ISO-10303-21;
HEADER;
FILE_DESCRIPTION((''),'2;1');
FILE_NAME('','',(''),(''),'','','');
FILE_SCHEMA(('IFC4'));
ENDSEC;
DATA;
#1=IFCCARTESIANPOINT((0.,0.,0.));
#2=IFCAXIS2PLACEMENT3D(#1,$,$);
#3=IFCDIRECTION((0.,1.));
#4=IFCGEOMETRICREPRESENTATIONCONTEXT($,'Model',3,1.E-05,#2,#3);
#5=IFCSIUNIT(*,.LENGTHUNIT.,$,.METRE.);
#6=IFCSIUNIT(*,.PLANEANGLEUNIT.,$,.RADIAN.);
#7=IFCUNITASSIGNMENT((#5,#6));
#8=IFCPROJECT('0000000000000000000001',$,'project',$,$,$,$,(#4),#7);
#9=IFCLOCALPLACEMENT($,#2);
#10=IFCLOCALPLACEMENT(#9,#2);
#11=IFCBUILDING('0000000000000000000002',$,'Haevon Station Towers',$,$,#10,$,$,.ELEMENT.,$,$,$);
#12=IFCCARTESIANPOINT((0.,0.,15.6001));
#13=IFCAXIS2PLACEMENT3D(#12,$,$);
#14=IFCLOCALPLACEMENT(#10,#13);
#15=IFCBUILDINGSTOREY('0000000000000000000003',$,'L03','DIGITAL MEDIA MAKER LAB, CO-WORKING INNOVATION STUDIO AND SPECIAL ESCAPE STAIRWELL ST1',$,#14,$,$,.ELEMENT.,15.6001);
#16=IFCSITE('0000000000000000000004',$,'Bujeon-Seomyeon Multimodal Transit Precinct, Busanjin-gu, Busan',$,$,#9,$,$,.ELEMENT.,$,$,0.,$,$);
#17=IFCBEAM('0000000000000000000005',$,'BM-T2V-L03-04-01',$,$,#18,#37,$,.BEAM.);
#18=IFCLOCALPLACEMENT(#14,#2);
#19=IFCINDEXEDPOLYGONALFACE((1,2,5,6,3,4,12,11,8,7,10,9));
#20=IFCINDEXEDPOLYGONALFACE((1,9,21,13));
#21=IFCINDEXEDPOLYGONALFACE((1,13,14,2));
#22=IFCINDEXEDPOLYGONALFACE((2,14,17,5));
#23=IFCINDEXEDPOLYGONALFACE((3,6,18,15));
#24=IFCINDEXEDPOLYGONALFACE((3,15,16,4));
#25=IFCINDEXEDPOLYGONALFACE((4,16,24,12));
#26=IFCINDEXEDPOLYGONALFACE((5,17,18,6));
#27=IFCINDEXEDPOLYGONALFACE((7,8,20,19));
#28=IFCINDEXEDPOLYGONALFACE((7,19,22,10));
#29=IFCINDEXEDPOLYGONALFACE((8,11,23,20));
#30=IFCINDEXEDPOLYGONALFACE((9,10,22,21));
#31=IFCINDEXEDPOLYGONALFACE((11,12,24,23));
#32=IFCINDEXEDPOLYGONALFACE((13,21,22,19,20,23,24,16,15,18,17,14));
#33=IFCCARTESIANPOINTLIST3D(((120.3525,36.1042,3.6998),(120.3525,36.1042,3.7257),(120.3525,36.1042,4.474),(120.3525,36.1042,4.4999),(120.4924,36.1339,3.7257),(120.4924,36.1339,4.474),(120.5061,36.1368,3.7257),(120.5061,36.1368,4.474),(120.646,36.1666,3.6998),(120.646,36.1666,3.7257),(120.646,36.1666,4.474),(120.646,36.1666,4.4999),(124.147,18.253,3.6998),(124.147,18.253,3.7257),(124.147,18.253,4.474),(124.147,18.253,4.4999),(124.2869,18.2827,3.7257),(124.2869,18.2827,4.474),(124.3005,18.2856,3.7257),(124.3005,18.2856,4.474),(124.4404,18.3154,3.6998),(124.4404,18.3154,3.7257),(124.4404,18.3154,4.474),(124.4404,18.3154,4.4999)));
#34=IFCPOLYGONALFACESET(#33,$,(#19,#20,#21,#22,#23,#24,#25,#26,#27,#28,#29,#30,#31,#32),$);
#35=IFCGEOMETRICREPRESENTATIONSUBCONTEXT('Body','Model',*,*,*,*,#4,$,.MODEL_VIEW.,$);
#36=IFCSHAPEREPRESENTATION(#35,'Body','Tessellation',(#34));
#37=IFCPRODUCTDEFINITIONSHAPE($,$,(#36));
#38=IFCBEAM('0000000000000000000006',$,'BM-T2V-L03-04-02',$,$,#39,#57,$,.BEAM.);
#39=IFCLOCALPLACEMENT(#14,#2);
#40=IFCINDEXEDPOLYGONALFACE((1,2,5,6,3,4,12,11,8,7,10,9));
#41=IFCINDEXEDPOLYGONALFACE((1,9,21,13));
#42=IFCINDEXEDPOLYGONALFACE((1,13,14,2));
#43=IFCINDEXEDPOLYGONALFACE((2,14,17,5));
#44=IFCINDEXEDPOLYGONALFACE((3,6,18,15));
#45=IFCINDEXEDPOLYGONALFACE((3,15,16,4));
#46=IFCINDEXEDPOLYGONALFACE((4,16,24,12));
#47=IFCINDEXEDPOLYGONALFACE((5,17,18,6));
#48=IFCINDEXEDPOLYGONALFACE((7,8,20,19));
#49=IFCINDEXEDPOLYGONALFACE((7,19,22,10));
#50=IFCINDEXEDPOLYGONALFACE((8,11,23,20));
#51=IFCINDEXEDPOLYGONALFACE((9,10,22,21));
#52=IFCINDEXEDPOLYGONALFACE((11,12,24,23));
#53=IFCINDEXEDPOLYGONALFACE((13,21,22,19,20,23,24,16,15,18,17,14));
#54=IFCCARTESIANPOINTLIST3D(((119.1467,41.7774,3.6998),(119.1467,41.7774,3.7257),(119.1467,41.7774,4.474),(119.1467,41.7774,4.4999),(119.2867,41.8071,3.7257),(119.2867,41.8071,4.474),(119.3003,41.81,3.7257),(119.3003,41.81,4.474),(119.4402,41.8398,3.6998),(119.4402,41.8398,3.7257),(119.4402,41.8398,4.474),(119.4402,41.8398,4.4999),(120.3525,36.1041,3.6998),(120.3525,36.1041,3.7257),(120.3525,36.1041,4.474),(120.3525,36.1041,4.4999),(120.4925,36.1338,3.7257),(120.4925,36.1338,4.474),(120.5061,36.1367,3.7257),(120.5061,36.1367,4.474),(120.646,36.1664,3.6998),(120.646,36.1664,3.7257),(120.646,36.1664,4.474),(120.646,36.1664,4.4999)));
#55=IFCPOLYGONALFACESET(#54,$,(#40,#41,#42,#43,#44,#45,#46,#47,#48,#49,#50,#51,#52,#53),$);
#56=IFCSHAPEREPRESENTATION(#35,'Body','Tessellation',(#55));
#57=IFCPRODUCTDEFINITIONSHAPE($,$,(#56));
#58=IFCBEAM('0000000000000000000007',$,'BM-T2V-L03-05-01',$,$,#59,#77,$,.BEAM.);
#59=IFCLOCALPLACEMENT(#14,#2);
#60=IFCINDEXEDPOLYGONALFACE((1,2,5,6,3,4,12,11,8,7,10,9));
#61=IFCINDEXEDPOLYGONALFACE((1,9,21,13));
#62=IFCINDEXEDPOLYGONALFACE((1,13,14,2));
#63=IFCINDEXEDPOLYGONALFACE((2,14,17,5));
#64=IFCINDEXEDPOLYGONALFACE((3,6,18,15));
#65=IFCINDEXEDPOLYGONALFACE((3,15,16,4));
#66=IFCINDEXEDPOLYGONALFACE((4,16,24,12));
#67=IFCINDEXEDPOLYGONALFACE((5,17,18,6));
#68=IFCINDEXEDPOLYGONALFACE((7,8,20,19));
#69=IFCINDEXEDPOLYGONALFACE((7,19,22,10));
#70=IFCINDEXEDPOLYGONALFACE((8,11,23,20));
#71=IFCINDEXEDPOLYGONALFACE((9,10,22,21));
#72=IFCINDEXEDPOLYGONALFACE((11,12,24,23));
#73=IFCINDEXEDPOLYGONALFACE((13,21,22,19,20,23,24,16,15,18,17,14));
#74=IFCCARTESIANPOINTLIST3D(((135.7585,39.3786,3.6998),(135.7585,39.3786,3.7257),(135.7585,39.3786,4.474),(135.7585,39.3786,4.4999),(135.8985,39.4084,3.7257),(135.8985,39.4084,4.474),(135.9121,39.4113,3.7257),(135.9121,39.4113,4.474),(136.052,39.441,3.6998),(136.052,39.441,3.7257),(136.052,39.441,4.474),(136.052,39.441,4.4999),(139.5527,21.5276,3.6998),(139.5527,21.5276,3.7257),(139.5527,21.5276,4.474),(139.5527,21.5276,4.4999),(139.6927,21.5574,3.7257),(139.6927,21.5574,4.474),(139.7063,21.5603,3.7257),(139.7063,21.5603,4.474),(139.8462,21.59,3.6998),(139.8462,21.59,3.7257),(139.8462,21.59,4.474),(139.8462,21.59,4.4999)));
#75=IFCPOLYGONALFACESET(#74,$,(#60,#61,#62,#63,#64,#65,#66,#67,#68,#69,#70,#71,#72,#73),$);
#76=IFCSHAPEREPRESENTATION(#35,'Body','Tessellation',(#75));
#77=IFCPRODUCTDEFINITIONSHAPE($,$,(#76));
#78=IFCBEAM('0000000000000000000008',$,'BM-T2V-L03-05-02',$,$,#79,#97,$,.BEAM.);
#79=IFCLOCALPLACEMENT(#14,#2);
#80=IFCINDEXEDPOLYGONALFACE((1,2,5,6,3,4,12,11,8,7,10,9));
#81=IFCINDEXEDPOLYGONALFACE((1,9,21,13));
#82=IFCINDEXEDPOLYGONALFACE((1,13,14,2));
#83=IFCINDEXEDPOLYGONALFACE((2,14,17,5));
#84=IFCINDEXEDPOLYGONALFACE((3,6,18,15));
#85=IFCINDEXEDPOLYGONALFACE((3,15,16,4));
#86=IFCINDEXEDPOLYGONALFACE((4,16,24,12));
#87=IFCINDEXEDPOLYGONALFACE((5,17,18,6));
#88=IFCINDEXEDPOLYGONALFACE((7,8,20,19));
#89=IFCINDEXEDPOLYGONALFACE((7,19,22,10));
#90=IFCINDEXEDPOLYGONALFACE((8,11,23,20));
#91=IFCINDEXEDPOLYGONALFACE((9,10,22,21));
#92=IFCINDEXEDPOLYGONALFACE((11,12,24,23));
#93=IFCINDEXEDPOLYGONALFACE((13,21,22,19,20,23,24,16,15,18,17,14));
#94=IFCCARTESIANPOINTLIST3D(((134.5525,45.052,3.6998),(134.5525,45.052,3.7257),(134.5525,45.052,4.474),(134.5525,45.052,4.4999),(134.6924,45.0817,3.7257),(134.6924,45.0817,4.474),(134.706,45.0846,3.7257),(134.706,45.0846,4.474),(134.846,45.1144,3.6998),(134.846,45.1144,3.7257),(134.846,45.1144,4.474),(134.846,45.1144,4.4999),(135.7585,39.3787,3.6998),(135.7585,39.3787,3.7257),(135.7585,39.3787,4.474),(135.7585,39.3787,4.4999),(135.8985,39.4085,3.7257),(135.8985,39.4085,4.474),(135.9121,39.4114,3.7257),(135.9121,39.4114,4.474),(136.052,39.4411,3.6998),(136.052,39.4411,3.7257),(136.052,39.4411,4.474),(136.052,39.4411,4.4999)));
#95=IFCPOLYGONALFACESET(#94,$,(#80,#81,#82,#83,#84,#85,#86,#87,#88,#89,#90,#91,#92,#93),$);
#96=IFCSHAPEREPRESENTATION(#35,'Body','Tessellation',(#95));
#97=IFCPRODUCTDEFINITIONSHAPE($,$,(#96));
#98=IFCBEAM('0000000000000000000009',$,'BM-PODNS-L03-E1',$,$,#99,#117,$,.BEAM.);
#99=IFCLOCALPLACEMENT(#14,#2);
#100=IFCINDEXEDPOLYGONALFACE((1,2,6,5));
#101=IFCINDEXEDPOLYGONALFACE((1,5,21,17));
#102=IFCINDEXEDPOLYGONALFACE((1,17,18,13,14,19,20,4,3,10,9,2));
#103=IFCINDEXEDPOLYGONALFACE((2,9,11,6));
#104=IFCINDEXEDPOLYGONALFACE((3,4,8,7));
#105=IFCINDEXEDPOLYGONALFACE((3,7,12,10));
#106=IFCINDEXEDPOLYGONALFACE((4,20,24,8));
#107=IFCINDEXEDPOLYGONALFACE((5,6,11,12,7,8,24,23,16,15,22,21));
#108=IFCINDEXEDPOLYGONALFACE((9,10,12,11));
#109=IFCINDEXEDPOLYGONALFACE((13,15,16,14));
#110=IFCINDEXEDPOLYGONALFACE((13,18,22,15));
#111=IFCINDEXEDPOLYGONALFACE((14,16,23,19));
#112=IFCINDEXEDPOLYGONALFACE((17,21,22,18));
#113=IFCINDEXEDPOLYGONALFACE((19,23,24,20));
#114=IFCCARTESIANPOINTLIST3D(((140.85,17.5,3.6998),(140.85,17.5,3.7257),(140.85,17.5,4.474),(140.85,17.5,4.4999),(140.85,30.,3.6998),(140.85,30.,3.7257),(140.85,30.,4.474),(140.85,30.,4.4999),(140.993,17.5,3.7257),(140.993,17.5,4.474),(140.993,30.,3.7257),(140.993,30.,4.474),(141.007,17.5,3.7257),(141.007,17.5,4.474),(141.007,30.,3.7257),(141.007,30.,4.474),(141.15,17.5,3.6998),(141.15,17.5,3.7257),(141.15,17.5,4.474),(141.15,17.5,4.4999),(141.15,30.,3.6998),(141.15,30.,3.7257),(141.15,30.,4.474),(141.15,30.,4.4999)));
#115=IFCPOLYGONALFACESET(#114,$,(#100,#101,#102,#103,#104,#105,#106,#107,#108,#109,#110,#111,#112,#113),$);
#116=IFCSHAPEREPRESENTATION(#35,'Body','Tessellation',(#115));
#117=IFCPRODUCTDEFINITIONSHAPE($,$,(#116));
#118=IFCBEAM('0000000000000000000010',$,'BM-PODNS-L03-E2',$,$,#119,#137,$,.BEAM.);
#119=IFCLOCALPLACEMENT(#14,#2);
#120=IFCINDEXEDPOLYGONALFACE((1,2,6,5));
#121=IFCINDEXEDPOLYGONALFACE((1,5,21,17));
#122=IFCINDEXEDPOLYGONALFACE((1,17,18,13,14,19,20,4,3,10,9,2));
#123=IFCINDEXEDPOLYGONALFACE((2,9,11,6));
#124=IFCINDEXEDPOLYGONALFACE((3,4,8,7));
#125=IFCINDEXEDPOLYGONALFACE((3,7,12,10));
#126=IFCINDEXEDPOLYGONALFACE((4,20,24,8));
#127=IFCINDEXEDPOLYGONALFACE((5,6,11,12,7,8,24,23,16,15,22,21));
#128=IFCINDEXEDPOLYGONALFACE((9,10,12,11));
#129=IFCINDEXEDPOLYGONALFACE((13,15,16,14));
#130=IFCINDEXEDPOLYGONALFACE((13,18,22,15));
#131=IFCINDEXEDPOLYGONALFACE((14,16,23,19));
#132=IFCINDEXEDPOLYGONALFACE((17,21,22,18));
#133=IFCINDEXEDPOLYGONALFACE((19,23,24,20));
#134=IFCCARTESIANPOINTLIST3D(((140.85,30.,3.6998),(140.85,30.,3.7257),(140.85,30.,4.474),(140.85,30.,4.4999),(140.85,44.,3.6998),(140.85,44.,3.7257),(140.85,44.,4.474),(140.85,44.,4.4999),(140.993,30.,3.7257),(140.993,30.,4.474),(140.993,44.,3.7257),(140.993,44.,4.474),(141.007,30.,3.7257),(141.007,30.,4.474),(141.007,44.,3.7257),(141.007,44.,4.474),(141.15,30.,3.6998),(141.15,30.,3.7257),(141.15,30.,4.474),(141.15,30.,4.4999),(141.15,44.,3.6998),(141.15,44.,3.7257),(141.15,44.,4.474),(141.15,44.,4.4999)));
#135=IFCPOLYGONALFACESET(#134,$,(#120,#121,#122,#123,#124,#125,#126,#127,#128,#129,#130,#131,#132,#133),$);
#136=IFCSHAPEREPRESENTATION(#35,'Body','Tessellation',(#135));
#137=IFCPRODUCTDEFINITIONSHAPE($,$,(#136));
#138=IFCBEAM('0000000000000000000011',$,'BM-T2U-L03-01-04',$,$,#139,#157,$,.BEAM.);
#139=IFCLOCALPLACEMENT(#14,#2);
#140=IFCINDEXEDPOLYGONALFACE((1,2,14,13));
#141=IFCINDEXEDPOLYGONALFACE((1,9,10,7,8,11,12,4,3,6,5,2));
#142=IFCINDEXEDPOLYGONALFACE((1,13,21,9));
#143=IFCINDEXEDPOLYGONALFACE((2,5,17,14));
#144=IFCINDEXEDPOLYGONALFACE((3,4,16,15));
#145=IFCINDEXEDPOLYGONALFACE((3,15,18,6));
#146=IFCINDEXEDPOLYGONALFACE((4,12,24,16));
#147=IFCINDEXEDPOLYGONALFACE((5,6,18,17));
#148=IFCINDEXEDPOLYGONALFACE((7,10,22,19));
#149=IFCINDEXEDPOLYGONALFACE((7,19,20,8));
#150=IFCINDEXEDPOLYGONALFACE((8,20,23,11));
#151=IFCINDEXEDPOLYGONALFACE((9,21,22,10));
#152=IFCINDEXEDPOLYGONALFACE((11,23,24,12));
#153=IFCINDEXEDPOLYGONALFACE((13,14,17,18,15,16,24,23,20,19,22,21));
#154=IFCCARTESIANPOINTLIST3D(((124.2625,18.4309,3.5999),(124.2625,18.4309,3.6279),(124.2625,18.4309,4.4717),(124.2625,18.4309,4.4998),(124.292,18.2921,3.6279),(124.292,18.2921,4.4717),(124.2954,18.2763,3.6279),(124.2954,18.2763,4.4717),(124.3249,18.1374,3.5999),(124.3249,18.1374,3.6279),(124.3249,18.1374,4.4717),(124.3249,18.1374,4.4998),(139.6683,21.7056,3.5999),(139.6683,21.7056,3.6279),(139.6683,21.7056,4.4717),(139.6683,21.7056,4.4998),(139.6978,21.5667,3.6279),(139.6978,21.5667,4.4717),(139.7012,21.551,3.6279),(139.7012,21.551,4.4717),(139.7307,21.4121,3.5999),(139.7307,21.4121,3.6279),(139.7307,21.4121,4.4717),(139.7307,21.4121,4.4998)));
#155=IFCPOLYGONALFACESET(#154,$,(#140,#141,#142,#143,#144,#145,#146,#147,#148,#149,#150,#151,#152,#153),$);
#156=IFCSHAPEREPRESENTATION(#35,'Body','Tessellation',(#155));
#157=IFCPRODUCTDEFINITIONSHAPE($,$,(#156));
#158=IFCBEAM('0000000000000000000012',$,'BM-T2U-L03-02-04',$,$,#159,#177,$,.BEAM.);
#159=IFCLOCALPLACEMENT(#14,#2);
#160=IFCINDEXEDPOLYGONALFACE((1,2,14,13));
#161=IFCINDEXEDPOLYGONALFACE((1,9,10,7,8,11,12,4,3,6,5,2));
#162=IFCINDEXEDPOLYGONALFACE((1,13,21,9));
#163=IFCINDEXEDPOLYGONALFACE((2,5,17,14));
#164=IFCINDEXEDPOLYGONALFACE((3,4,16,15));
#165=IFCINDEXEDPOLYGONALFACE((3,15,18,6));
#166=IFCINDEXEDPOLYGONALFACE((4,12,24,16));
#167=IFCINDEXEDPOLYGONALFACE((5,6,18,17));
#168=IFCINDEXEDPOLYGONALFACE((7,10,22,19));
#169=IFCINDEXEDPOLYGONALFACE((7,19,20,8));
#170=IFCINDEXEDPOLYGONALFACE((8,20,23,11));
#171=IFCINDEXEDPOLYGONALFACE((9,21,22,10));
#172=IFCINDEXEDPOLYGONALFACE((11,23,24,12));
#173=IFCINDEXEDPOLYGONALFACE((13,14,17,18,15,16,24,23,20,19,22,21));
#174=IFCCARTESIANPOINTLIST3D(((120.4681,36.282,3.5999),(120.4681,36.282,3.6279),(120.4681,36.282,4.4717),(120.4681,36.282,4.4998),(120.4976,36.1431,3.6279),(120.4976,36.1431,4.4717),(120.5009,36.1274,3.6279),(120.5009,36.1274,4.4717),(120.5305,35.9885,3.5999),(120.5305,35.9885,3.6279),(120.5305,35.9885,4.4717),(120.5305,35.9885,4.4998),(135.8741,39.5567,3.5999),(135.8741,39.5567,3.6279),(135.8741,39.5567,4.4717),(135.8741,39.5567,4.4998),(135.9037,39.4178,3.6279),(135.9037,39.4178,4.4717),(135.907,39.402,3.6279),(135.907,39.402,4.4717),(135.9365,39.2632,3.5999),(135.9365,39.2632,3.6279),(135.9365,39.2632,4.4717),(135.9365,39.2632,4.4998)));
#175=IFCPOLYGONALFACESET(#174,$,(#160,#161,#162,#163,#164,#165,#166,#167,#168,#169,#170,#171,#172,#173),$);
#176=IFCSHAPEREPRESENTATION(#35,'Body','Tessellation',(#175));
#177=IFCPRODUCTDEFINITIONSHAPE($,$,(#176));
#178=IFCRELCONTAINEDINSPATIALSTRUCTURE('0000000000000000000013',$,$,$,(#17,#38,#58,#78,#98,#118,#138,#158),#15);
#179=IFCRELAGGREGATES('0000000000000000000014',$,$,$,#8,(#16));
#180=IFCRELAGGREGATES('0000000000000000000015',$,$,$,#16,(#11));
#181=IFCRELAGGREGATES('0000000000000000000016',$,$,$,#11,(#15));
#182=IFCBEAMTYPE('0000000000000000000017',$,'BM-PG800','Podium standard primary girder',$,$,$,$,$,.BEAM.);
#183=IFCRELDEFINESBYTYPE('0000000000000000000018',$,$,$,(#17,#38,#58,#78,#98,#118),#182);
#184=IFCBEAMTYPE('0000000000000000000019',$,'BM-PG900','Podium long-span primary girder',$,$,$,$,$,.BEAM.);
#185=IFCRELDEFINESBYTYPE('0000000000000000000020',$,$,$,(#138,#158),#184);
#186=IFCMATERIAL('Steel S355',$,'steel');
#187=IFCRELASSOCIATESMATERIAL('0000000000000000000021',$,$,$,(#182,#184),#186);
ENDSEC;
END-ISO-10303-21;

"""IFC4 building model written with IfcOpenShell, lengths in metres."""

from ifc_helpers import new_model, si_unit, direction, frame, origin, origin_2d, place, context, subcontext, project, spatial, i_section, extrude, material, material_profile, profile_set, type_object, element, save


model = new_model("IFC4")

# Units and contexts
model_context = context("Model", 3, precision=1e-05, world=origin(), true_north=direction((0.0, 1.0)))
body_context = subcontext(model_context, "Body", "Model", "MODEL_VIEW")
ifc_project = project(units=[si_unit("LENGTHUNIT", "METRE"), si_unit("PLANEANGLEUNIT", "RADIAN")], contexts=[model_context])

# Site, building, storey
site_placement = place(None, origin())
site = spatial("IfcSite", under=ifc_project, at=site_placement, Name="Bujeon-Seomyeon Multimodal Transit Precinct, Busanjin-gu, Busan", CompositionType="ELEMENT", RefElevation=0.0)
building_placement = place(site_placement, origin())
building = spatial("IfcBuilding", under=site, at=building_placement, Name="Haevon Station Towers", CompositionType="ELEMENT")
storey_placement = place(building_placement, frame((0.0, 0.0, 15.6001)))
storey = spatial("IfcBuildingStorey", under=building, at=storey_placement, Name="L03", Description="DIGITAL MEDIA MAKER LAB, CO-WORKING INNOVATION STUDIO AND SPECIAL ESCAPE STAIRWELL ST1", CompositionType="ELEMENT", Elevation=15.6001)

# Beams
ifc_material_1 = material(Name="Steel S355", Category="steel")
ifc_material_profile_1 = material_profile(ifc_material_1, i_section(OverallWidth=0.3, OverallDepth=0.8, WebThickness=0.0139, FlangeThickness=0.0259, at=origin_2d()), Name="H-800x300x14x26")
ifc_profile_set_1 = profile_set([ifc_material_profile_1], Name="Steel S355")
beam_type_1 = type_object("IfcBeamType", Name="BM-PG800", Description="Podium standard primary girder", PredefinedType="BEAM", material=ifc_profile_set_1)
beam_1_placement = place(storey_placement, frame((124.2937, 18.2842, 4.0999), z_axis=(-0.207915, 0.978147, 0.0), x_axis=(-0.978147, -0.207915, 0.0)))
element("IfcBeam", 1, at=beam_1_placement, inside=storey, type_object=beam_type_1, Name="BM-T2V-L03-04-01", PredefinedType="BEAM", context=body_context, shape_type="SweptSolid", body=[
    extrude(i_section(OverallWidth=0.3, OverallDepth=0.8, WebThickness=0.0139, FlangeThickness=0.0259, at=origin_2d()), origin(), (0.0, 0.0, 1.0), 18.25),
])
beam_2_placement = place(storey_placement, frame((120.4993, 36.1353, 4.0999), z_axis=(-0.207896, 0.978151, 0.0), x_axis=(-0.978151, -0.207896, 0.0)))
element("IfcBeam", 2, at=beam_2_placement, inside=storey, type_object=beam_type_1, Name="BM-T2V-L03-04-02", PredefinedType="BEAM", context=body_context, shape_type="SweptSolid", body=[
    extrude(i_section(OverallWidth=0.3, OverallDepth=0.8, WebThickness=0.0139, FlangeThickness=0.0259, at=origin_2d()), origin(), (0.0, 0.0, 1.0), 5.8),
])
beam_3_placement = place(storey_placement, frame((139.6995, 21.5588, 4.0999), z_axis=(-0.207903, 0.97815, 0.0), x_axis=(-0.97815, -0.207903, 0.0)))
element("IfcBeam", 3, at=beam_3_placement, inside=storey, type_object=beam_type_1, Name="BM-T2V-L03-05-01", PredefinedType="BEAM", context=body_context, shape_type="SweptSolid", body=[
    extrude(i_section(OverallWidth=0.3, OverallDepth=0.8, WebThickness=0.0139, FlangeThickness=0.0259, at=origin_2d()), origin(), (0.0, 0.0, 1.0), 18.2498),
])
beam_4_placement = place(storey_placement, frame((135.9053, 39.4099, 4.0999), z_axis=(-0.207936, 0.978142, 0.0), x_axis=(-0.978142, -0.207936, 0.0)))
element("IfcBeam", 4, at=beam_4_placement, inside=storey, type_object=beam_type_1, Name="BM-T2V-L03-05-02", PredefinedType="BEAM", context=body_context, shape_type="SweptSolid", body=[
    extrude(i_section(OverallWidth=0.3, OverallDepth=0.8, WebThickness=0.0139, FlangeThickness=0.0259, at=origin_2d()), origin(), (0.0, 0.0, 1.0), 5.8),
])
beam_5_placement = place(storey_placement, frame((141.0, 17.5, 4.0999), z_axis=(0.0, 1.0, 0.0), x_axis=(-1.0, 0.0, 0.0)))
element("IfcBeam", 5, at=beam_5_placement, inside=storey, type_object=beam_type_1, Name="BM-PODNS-L03-E1", PredefinedType="BEAM", context=body_context, shape_type="SweptSolid", body=[
    extrude(i_section(OverallWidth=0.3, OverallDepth=0.8, WebThickness=0.0139, FlangeThickness=0.0259, at=origin_2d()), origin(), (0.0, 0.0, 1.0), 12.5),
])
beam_6_placement = place(storey_placement, frame((141.0, 30.0, 4.0999), z_axis=(0.0, 1.0, 0.0), x_axis=(-1.0, 0.0, 0.0)))
element("IfcBeam", 6, at=beam_6_placement, inside=storey, type_object=beam_type_1, Name="BM-PODNS-L03-E2", PredefinedType="BEAM", context=body_context, shape_type="SweptSolid", body=[
    extrude(i_section(OverallWidth=0.3, OverallDepth=0.8, WebThickness=0.0139, FlangeThickness=0.0259, at=origin_2d()), origin(), (0.0, 0.0, 1.0), 14.0),
])
ifc_material_profile_2 = material_profile(ifc_material_1, i_section(OverallWidth=0.3, OverallDepth=0.8999, WebThickness=0.0161, FlangeThickness=0.0281, at=origin_2d()), Name="H-900x300x16x28")
ifc_profile_set_2 = profile_set([ifc_material_profile_2], Name="Steel S355")
beam_type_2 = type_object("IfcBeamType", Name="BM-PG900", Description="Podium long-span primary girder", PredefinedType="BEAM", material=ifc_profile_set_2)
beam_7_placement = place(storey_placement, frame((124.2937, 18.2842, 4.0498), z_axis=(0.978147, 0.207915, 0.0), x_axis=(-0.207915, 0.978147, 0.0)))
element("IfcBeam", 7, at=beam_7_placement, inside=storey, type_object=beam_type_2, Name="BM-T2U-L03-01-04", PredefinedType="BEAM", context=body_context, shape_type="SweptSolid", body=[
    extrude(i_section(OverallWidth=0.3, OverallDepth=0.8999, WebThickness=0.0161, FlangeThickness=0.0281, at=origin_2d()), origin(), (0.0, 0.0, 1.0), 15.75),
])
beam_8_placement = place(storey_placement, frame((120.4993, 36.1353, 4.0498), z_axis=(0.978147, 0.207912, 0.0), x_axis=(-0.207912, 0.978147, 0.0)))
element("IfcBeam", 8, at=beam_8_placement, inside=storey, type_object=beam_type_2, Name="BM-T2U-L03-02-04", PredefinedType="BEAM", context=body_context, shape_type="SweptSolid", body=[
    extrude(i_section(OverallWidth=0.3, OverallDepth=0.8999, WebThickness=0.0161, FlangeThickness=0.0281, at=origin_2d()), origin(), (0.0, 0.0, 1.0), 15.7502),
])

save(model, "model.ifc")
